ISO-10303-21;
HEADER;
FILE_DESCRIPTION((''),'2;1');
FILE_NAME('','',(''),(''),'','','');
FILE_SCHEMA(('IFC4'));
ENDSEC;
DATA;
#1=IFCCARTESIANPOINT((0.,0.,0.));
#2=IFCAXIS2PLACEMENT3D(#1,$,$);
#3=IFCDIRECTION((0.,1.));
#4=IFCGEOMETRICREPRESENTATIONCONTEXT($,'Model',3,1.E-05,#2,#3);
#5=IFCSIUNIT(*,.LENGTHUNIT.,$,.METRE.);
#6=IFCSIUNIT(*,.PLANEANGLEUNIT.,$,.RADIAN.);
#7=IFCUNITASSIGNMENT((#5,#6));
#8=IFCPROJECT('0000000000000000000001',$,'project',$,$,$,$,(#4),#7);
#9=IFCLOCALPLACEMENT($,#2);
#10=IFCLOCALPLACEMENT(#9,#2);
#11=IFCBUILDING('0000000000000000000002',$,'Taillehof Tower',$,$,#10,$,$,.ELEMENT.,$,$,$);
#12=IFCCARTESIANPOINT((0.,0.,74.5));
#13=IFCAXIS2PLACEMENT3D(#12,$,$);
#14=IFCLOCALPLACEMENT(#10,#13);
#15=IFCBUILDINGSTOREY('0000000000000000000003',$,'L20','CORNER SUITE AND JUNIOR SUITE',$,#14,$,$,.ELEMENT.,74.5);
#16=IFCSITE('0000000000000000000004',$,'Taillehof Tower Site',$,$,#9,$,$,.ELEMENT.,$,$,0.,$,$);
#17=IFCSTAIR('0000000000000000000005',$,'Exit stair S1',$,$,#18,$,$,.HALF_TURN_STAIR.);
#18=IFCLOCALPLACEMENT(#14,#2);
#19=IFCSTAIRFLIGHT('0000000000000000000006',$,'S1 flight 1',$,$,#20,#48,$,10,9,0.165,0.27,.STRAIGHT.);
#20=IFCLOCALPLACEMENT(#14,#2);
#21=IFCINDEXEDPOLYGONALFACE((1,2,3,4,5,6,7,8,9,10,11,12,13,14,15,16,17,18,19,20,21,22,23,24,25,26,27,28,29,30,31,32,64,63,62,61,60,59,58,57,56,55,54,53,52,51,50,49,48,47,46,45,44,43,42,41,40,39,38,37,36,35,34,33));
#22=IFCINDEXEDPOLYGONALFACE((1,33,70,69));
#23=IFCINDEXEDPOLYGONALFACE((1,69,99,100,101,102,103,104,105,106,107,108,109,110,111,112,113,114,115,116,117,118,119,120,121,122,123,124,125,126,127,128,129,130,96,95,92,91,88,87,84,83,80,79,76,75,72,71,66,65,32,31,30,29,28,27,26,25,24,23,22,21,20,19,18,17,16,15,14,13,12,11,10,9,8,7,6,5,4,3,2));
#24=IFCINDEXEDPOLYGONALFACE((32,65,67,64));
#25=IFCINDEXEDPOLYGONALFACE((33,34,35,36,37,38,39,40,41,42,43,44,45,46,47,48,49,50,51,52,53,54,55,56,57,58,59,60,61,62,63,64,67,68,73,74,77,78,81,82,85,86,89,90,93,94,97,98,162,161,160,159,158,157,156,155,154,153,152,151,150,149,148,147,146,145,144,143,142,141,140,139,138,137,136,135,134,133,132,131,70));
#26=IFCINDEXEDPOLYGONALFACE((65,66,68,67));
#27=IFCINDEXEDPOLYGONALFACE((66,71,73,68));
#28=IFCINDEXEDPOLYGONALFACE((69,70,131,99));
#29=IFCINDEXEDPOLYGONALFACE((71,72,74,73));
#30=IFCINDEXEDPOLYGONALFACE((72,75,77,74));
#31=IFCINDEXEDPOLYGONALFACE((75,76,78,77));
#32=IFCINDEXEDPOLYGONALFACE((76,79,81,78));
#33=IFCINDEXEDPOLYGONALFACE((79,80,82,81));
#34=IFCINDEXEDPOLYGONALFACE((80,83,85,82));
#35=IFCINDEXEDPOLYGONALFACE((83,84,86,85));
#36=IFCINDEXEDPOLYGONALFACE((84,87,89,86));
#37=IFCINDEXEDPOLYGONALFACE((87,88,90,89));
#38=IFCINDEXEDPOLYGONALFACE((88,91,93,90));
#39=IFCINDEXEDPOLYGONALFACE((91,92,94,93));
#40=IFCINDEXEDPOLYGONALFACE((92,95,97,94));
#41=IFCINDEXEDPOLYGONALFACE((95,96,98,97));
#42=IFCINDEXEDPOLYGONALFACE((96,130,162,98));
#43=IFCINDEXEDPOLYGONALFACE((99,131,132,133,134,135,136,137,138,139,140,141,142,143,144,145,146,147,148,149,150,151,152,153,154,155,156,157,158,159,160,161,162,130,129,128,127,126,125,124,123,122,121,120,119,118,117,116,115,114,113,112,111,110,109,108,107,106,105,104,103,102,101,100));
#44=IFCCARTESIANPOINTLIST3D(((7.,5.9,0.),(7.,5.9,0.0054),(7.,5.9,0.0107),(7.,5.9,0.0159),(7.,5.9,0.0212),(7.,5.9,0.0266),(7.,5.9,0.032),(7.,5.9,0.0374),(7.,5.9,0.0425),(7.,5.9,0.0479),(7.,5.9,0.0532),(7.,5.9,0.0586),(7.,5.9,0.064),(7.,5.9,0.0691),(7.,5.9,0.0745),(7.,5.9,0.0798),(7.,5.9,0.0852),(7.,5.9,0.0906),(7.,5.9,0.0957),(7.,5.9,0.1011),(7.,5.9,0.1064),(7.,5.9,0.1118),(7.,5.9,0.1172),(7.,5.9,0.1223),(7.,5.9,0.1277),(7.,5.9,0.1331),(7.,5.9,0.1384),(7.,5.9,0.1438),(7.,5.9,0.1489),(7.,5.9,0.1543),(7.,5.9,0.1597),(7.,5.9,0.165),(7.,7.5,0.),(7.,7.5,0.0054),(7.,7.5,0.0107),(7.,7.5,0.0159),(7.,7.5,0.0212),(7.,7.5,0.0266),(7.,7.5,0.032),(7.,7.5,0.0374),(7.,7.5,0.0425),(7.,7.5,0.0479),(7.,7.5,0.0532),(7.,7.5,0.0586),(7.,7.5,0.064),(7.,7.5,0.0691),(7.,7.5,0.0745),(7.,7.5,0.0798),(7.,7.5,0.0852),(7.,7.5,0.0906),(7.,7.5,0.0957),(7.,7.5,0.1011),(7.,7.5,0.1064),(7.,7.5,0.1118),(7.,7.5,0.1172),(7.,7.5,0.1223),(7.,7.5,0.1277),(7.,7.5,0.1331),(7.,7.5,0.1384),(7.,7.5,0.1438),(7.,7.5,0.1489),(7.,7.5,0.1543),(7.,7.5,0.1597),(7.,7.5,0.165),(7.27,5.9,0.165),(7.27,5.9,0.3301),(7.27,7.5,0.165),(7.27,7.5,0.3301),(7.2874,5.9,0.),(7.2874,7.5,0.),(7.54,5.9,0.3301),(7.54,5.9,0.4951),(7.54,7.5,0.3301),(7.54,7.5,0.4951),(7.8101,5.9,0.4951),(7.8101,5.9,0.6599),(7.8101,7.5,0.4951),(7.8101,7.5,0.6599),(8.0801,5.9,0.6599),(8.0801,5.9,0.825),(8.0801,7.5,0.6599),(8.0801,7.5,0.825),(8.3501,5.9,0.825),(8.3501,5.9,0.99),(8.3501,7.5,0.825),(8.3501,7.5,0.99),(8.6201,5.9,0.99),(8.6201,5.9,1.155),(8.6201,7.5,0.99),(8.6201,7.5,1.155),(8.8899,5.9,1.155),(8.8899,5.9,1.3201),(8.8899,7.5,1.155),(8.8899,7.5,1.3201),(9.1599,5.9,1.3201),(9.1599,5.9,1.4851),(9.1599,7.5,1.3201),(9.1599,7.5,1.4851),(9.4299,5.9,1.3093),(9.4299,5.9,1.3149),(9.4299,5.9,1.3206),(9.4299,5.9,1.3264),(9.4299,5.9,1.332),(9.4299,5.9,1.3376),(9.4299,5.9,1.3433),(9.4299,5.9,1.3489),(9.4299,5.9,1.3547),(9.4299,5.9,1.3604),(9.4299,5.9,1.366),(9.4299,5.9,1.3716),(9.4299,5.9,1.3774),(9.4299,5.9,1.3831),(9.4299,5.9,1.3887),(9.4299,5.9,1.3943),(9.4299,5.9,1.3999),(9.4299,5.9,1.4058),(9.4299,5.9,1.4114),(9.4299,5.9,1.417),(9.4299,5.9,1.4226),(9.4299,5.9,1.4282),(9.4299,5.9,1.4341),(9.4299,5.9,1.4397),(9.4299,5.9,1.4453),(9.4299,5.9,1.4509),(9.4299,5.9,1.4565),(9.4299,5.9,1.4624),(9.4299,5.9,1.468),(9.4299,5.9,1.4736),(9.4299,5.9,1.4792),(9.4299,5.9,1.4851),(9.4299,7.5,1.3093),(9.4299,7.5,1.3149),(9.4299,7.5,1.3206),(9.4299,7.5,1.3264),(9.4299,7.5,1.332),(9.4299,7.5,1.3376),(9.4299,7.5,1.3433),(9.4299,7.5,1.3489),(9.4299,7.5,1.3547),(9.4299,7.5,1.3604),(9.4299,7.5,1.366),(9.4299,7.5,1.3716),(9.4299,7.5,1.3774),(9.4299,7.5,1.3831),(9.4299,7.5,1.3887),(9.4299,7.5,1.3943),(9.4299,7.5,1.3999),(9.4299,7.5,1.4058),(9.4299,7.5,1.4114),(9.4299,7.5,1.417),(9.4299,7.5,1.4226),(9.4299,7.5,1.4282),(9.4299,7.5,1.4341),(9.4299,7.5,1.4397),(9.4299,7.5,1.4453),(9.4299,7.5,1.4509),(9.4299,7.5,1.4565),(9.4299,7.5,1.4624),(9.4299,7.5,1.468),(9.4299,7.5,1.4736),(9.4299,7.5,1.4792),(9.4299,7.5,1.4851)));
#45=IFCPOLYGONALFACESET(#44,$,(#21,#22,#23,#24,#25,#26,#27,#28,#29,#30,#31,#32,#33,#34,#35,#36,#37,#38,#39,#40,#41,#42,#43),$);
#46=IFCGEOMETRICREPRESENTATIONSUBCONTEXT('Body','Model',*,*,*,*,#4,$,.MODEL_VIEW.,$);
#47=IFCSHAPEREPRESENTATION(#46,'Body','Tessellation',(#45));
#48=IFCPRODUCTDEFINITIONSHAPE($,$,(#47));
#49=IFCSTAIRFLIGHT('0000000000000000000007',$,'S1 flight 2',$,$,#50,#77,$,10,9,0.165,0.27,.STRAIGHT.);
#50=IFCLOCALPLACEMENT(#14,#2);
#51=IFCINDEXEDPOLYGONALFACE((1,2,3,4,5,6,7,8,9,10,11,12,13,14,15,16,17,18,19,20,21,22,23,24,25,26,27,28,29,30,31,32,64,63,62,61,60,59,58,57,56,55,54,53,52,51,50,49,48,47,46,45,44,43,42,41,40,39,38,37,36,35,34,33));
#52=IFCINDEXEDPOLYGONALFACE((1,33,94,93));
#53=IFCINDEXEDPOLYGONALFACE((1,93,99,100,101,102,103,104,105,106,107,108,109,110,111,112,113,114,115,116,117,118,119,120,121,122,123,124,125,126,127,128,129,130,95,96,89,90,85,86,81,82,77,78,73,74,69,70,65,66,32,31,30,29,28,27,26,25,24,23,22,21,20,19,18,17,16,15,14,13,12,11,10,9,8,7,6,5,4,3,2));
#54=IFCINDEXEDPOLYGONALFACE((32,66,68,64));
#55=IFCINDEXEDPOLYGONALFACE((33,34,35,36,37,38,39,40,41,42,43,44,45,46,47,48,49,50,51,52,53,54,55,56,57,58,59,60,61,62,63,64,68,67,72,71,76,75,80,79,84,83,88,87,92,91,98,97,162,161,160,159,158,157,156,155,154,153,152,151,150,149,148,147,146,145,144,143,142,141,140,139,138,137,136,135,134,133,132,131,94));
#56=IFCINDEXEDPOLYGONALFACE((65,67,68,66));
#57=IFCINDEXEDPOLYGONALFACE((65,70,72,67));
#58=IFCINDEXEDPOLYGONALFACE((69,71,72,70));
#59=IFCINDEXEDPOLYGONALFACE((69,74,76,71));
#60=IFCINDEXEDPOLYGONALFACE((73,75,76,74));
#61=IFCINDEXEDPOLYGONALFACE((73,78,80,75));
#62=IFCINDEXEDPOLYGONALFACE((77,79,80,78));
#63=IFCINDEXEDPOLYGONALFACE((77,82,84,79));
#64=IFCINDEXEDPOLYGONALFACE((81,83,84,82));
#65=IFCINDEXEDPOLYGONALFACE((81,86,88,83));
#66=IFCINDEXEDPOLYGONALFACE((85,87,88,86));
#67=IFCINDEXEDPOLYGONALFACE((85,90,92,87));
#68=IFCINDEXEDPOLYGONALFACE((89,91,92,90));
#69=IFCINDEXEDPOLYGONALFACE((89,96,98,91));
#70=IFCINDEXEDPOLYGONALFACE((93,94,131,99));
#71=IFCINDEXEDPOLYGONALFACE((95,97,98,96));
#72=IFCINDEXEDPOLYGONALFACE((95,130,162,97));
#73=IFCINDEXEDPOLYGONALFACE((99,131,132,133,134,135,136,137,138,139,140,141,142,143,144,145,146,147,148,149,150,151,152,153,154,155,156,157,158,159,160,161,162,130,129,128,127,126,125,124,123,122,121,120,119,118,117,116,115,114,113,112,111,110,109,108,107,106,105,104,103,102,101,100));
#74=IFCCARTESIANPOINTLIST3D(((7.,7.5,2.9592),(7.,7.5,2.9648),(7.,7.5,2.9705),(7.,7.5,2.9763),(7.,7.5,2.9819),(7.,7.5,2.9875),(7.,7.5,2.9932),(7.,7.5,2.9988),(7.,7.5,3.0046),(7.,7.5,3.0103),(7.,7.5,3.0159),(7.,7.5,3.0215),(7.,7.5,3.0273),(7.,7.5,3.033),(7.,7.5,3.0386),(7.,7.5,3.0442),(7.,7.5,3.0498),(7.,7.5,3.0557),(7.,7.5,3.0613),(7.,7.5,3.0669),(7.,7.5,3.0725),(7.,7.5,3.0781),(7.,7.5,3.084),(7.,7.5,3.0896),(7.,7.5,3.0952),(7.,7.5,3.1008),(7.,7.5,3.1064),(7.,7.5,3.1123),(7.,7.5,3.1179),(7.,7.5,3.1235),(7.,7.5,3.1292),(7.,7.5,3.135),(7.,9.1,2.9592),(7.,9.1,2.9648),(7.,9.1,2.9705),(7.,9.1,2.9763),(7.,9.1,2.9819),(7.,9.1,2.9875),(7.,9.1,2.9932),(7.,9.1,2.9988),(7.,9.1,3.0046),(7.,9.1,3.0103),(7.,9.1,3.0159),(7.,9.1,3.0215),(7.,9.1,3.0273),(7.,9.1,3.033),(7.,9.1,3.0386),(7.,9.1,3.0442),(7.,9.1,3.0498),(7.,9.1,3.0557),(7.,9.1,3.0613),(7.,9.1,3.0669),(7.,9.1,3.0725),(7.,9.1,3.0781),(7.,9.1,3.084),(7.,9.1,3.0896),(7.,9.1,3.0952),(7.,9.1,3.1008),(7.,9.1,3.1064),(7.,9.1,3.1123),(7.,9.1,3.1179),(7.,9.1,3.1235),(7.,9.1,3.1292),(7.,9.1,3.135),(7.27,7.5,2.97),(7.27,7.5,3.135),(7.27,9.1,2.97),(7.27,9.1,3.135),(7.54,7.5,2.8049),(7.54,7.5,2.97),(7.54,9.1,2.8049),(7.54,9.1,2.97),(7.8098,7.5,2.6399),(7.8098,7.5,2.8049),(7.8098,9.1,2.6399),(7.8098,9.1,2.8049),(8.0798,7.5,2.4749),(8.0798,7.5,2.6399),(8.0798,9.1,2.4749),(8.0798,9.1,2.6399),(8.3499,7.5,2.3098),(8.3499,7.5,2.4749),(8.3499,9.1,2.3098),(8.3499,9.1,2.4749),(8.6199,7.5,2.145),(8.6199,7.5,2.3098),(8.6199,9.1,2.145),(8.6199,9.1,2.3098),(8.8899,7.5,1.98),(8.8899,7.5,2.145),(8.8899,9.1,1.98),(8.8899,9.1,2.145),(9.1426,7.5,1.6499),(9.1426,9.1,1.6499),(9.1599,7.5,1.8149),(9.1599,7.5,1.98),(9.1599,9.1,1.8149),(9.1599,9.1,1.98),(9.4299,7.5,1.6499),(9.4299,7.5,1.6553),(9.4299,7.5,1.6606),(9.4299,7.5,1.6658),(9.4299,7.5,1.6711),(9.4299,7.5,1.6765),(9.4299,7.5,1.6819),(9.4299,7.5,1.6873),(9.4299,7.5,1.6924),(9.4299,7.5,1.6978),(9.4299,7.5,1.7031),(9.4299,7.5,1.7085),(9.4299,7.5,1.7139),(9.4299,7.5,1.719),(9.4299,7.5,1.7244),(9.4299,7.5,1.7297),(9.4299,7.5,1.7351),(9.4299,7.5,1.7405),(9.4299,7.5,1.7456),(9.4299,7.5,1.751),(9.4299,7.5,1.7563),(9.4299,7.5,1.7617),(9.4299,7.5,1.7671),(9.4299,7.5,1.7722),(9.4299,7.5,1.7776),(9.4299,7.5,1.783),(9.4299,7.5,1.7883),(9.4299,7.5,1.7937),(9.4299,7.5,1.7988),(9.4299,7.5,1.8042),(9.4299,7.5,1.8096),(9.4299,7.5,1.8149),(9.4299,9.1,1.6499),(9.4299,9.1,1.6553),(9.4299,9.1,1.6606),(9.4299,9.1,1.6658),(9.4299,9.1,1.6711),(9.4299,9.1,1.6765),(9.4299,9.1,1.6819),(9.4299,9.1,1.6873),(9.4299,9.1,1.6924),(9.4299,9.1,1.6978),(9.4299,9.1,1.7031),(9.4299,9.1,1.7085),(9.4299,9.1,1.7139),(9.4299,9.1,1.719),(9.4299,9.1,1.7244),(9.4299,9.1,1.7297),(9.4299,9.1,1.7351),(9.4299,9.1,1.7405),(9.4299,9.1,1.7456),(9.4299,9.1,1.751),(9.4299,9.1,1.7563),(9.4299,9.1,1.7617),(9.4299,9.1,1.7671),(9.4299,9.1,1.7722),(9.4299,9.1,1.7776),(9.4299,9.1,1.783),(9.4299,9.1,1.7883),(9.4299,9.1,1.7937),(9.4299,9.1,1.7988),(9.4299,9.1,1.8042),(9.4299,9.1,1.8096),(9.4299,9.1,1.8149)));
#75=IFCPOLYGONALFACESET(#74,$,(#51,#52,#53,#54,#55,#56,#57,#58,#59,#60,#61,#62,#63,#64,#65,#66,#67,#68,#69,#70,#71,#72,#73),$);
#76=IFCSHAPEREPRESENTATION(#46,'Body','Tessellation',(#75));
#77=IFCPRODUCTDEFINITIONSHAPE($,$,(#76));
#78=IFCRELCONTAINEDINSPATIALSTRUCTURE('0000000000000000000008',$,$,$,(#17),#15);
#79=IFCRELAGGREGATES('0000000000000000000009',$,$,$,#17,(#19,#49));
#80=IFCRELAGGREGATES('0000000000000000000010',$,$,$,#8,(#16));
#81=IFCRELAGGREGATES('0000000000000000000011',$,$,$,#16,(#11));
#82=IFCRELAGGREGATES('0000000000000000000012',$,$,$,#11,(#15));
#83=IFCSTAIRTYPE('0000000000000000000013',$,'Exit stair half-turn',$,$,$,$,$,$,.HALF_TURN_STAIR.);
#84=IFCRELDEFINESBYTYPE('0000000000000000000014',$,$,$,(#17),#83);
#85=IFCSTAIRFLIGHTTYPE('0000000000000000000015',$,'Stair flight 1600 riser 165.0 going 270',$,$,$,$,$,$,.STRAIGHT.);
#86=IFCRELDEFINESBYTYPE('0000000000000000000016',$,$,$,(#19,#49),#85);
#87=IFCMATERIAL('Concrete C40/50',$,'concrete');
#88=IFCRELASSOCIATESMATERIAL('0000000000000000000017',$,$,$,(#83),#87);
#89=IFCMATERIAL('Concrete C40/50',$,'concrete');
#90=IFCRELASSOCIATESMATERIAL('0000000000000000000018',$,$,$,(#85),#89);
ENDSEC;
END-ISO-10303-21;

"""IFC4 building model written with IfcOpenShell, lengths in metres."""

from ifc_helpers import new_model, si_unit, direction, frame, origin, place, context, subcontext, project, spatial, polyline, outline, extrude, material, type_object, element, aggregate, save


model = new_model("IFC4")

# Units and contexts
model_context = context("Model", 3, precision=1e-05, world=origin(), true_north=direction((0.0, 1.0)))
body_context = subcontext(model_context, "Body", "Model", "MODEL_VIEW")
ifc_project = project(units=[si_unit("LENGTHUNIT", "METRE"), si_unit("PLANEANGLEUNIT", "RADIAN")], contexts=[model_context])

# Site, building, storey
site_placement = place(None, origin())
site = spatial("IfcSite", under=ifc_project, at=site_placement, Name="Taillehof Tower Site", CompositionType="ELEMENT", RefElevation=0.0)
building_placement = place(site_placement, origin())
building = spatial("IfcBuilding", under=site, at=building_placement, Name="Taillehof Tower", CompositionType="ELEMENT")
storey_placement = place(building_placement, frame((0.0, 0.0, 74.5)))
storey = spatial("IfcBuildingStorey", under=building, at=storey_placement, Name="L20", Description="CORNER SUITE AND JUNIOR SUITE", CompositionType="ELEMENT", Elevation=74.5)

# Stair
ifc_material_1 = material(Name="Concrete C40/50", Category="concrete")
stair_type = type_object("IfcStairType", Name="Exit stair half-turn", PredefinedType="HALF_TURN_STAIR", material=ifc_material_1)
stair_1_placement = place(storey_placement, origin())
stair_1 = element("IfcStair", 1, at=stair_1_placement, inside=storey, type_object=stair_type, Name="Exit stair S1", PredefinedType="HALF_TURN_STAIR")

# Stair flights
ifc_material_2 = material(Name="Concrete C40/50", Category="concrete")
stair_flight_type = type_object("IfcStairFlightType", Name="Stair flight 1600 riser 165.0 going 270", PredefinedType="STRAIGHT", material=ifc_material_2)
stair_flight_1_placement = place(storey_placement, frame((7.0, 6.7, 0.0), z_axis=(0.0, 0.0, 1.0), x_axis=(1.0, 0.0, 0.0)))
stair_flight_1 = element("IfcStairFlight", 2, at=stair_flight_1_placement, type_object=stair_flight_type, Name="S1 flight 1", NumberOfRisers=10, NumberOfTreads=9, PredefinedType="STRAIGHT", RiserHeight=0.165, TreadLength=0.27, context=body_context, shape_type="SweptSolid", body=[
    extrude(outline(polyline([(0.0, 0.0), (0.0, 0.0054), (0.0, 0.0107), (0.0, 0.0159), (0.0, 0.0212), (0.0, 0.0266), (0.0, 0.032), (0.0, 0.0374), (0.0, 0.0425), (0.0, 0.0479), (0.0, 0.0532), (0.0, 0.0586), (0.0, 0.064), (0.0, 0.0691), (0.0, 0.0745), (0.0, 0.0798), (0.0, 0.0852), (0.0, 0.0906), (0.0, 0.0957), (0.0, 0.1011), (0.0, 0.1064), (0.0, 0.1118), (0.0, 0.1172), (0.0, 0.1223), (0.0, 0.1277), (0.0, 0.1331), (0.0, 0.1384), (0.0, 0.1438), (0.0, 0.1489), (0.0, 0.1543), (0.0, 0.1597), (0.0, 0.165), (0.27, 0.165), (0.27, 0.3301), (0.54, 0.3301), (0.54, 0.4951), (0.8101, 0.4951), (0.8101, 0.6599), (1.0801, 0.6599), (1.0801, 0.825), (1.3501, 0.825), (1.3501, 0.99), (1.6201, 0.99), (1.6201, 1.155), (1.8899, 1.155), (1.8899, 1.3201), (2.1599, 1.3201), (2.1599, 1.4851), (2.4299, 1.4851), (2.4299, 1.4792), (2.4299, 1.4736), (2.4299, 1.468), (2.4299, 1.4624), (2.4299, 1.4565), (2.4299, 1.4509), (2.4299, 1.4453), (2.4299, 1.4397), (2.4299, 1.4341), (2.4299, 1.4282), (2.4299, 1.4226), (2.4299, 1.417), (2.4299, 1.4114), (2.4299, 1.4058), (2.4299, 1.3999), (2.4299, 1.3943), (2.4299, 1.3887), (2.4299, 1.3831), (2.4299, 1.3774), (2.4299, 1.3716), (2.4299, 1.366), (2.4299, 1.3604), (2.4299, 1.3547), (2.4299, 1.3489), (2.4299, 1.3433), (2.4299, 1.3376), (2.4299, 1.332), (2.4299, 1.3264), (2.4299, 1.3206), (2.4299, 1.3149), (2.4299, 1.3093), (0.2874, 0.0), (0.0, 0.0)])), frame((0.0, 0.8, 0.0), z_axis=(0.0, -1.0, 0.0), x_axis=(1.0, 0.0, 0.0)), (0.0, 0.0, 1.0), 1.6),
])
stair_flight_2_placement = place(storey_placement, frame((9.4299, 8.3, 1.6499), z_axis=(0.0, 0.0, 1.0), x_axis=(-1.0, 0.0, 0.0)))
stair_flight_2 = element("IfcStairFlight", 3, at=stair_flight_2_placement, type_object=stair_flight_type, Name="S1 flight 2", NumberOfRisers=10, NumberOfTreads=9, PredefinedType="STRAIGHT", RiserHeight=0.165, TreadLength=0.27, context=body_context, shape_type="SweptSolid", body=[
    extrude(outline(polyline([(0.0, 0.0), (0.0, 0.0054), (0.0, 0.0107), (0.0, 0.0159), (0.0, 0.0212), (0.0, 0.0266), (0.0, 0.032), (0.0, 0.0374), (0.0, 0.0425), (0.0, 0.0479), (0.0, 0.0532), (0.0, 0.0586), (0.0, 0.064), (0.0, 0.0691), (0.0, 0.0745), (0.0, 0.0798), (0.0, 0.0852), (0.0, 0.0906), (0.0, 0.0957), (0.0, 0.1011), (0.0, 0.1064), (0.0, 0.1118), (0.0, 0.1172), (0.0, 0.1223), (0.0, 0.1277), (0.0, 0.1331), (0.0, 0.1384), (0.0, 0.1438), (0.0, 0.1489), (0.0, 0.1543), (0.0, 0.1597), (0.0, 0.165), (0.27, 0.165), (0.27, 0.3301), (0.54, 0.3301), (0.54, 0.4951), (0.8101, 0.4951), (0.8101, 0.6599), (1.0801, 0.6599), (1.0801, 0.825), (1.3501, 0.825), (1.3501, 0.99), (1.6201, 0.99), (1.6201, 1.155), (1.8899, 1.155), (1.8899, 1.3201), (2.1599, 1.3201), (2.1599, 1.4851), (2.4299, 1.4851), (2.4299, 1.4792), (2.4299, 1.4736), (2.4299, 1.468), (2.4299, 1.4624), (2.4299, 1.4565), (2.4299, 1.4509), (2.4299, 1.4453), (2.4299, 1.4397), (2.4299, 1.4341), (2.4299, 1.4282), (2.4299, 1.4226), (2.4299, 1.417), (2.4299, 1.4114), (2.4299, 1.4058), (2.4299, 1.3999), (2.4299, 1.3943), (2.4299, 1.3887), (2.4299, 1.3831), (2.4299, 1.3774), (2.4299, 1.3716), (2.4299, 1.366), (2.4299, 1.3604), (2.4299, 1.3547), (2.4299, 1.3489), (2.4299, 1.3433), (2.4299, 1.3376), (2.4299, 1.332), (2.4299, 1.3264), (2.4299, 1.3206), (2.4299, 1.3149), (2.4299, 1.3093), (0.2874, 0.0), (0.0, 0.0)])), frame((0.0, 0.8, 0.0), z_axis=(0.0, -1.0, 0.0), x_axis=(1.0, 0.0, 0.0)), (0.0, 0.0, 1.0), 1.6),
])
aggregate(stair_1, [stair_flight_1, stair_flight_2])

save(model, "model.ifc")
